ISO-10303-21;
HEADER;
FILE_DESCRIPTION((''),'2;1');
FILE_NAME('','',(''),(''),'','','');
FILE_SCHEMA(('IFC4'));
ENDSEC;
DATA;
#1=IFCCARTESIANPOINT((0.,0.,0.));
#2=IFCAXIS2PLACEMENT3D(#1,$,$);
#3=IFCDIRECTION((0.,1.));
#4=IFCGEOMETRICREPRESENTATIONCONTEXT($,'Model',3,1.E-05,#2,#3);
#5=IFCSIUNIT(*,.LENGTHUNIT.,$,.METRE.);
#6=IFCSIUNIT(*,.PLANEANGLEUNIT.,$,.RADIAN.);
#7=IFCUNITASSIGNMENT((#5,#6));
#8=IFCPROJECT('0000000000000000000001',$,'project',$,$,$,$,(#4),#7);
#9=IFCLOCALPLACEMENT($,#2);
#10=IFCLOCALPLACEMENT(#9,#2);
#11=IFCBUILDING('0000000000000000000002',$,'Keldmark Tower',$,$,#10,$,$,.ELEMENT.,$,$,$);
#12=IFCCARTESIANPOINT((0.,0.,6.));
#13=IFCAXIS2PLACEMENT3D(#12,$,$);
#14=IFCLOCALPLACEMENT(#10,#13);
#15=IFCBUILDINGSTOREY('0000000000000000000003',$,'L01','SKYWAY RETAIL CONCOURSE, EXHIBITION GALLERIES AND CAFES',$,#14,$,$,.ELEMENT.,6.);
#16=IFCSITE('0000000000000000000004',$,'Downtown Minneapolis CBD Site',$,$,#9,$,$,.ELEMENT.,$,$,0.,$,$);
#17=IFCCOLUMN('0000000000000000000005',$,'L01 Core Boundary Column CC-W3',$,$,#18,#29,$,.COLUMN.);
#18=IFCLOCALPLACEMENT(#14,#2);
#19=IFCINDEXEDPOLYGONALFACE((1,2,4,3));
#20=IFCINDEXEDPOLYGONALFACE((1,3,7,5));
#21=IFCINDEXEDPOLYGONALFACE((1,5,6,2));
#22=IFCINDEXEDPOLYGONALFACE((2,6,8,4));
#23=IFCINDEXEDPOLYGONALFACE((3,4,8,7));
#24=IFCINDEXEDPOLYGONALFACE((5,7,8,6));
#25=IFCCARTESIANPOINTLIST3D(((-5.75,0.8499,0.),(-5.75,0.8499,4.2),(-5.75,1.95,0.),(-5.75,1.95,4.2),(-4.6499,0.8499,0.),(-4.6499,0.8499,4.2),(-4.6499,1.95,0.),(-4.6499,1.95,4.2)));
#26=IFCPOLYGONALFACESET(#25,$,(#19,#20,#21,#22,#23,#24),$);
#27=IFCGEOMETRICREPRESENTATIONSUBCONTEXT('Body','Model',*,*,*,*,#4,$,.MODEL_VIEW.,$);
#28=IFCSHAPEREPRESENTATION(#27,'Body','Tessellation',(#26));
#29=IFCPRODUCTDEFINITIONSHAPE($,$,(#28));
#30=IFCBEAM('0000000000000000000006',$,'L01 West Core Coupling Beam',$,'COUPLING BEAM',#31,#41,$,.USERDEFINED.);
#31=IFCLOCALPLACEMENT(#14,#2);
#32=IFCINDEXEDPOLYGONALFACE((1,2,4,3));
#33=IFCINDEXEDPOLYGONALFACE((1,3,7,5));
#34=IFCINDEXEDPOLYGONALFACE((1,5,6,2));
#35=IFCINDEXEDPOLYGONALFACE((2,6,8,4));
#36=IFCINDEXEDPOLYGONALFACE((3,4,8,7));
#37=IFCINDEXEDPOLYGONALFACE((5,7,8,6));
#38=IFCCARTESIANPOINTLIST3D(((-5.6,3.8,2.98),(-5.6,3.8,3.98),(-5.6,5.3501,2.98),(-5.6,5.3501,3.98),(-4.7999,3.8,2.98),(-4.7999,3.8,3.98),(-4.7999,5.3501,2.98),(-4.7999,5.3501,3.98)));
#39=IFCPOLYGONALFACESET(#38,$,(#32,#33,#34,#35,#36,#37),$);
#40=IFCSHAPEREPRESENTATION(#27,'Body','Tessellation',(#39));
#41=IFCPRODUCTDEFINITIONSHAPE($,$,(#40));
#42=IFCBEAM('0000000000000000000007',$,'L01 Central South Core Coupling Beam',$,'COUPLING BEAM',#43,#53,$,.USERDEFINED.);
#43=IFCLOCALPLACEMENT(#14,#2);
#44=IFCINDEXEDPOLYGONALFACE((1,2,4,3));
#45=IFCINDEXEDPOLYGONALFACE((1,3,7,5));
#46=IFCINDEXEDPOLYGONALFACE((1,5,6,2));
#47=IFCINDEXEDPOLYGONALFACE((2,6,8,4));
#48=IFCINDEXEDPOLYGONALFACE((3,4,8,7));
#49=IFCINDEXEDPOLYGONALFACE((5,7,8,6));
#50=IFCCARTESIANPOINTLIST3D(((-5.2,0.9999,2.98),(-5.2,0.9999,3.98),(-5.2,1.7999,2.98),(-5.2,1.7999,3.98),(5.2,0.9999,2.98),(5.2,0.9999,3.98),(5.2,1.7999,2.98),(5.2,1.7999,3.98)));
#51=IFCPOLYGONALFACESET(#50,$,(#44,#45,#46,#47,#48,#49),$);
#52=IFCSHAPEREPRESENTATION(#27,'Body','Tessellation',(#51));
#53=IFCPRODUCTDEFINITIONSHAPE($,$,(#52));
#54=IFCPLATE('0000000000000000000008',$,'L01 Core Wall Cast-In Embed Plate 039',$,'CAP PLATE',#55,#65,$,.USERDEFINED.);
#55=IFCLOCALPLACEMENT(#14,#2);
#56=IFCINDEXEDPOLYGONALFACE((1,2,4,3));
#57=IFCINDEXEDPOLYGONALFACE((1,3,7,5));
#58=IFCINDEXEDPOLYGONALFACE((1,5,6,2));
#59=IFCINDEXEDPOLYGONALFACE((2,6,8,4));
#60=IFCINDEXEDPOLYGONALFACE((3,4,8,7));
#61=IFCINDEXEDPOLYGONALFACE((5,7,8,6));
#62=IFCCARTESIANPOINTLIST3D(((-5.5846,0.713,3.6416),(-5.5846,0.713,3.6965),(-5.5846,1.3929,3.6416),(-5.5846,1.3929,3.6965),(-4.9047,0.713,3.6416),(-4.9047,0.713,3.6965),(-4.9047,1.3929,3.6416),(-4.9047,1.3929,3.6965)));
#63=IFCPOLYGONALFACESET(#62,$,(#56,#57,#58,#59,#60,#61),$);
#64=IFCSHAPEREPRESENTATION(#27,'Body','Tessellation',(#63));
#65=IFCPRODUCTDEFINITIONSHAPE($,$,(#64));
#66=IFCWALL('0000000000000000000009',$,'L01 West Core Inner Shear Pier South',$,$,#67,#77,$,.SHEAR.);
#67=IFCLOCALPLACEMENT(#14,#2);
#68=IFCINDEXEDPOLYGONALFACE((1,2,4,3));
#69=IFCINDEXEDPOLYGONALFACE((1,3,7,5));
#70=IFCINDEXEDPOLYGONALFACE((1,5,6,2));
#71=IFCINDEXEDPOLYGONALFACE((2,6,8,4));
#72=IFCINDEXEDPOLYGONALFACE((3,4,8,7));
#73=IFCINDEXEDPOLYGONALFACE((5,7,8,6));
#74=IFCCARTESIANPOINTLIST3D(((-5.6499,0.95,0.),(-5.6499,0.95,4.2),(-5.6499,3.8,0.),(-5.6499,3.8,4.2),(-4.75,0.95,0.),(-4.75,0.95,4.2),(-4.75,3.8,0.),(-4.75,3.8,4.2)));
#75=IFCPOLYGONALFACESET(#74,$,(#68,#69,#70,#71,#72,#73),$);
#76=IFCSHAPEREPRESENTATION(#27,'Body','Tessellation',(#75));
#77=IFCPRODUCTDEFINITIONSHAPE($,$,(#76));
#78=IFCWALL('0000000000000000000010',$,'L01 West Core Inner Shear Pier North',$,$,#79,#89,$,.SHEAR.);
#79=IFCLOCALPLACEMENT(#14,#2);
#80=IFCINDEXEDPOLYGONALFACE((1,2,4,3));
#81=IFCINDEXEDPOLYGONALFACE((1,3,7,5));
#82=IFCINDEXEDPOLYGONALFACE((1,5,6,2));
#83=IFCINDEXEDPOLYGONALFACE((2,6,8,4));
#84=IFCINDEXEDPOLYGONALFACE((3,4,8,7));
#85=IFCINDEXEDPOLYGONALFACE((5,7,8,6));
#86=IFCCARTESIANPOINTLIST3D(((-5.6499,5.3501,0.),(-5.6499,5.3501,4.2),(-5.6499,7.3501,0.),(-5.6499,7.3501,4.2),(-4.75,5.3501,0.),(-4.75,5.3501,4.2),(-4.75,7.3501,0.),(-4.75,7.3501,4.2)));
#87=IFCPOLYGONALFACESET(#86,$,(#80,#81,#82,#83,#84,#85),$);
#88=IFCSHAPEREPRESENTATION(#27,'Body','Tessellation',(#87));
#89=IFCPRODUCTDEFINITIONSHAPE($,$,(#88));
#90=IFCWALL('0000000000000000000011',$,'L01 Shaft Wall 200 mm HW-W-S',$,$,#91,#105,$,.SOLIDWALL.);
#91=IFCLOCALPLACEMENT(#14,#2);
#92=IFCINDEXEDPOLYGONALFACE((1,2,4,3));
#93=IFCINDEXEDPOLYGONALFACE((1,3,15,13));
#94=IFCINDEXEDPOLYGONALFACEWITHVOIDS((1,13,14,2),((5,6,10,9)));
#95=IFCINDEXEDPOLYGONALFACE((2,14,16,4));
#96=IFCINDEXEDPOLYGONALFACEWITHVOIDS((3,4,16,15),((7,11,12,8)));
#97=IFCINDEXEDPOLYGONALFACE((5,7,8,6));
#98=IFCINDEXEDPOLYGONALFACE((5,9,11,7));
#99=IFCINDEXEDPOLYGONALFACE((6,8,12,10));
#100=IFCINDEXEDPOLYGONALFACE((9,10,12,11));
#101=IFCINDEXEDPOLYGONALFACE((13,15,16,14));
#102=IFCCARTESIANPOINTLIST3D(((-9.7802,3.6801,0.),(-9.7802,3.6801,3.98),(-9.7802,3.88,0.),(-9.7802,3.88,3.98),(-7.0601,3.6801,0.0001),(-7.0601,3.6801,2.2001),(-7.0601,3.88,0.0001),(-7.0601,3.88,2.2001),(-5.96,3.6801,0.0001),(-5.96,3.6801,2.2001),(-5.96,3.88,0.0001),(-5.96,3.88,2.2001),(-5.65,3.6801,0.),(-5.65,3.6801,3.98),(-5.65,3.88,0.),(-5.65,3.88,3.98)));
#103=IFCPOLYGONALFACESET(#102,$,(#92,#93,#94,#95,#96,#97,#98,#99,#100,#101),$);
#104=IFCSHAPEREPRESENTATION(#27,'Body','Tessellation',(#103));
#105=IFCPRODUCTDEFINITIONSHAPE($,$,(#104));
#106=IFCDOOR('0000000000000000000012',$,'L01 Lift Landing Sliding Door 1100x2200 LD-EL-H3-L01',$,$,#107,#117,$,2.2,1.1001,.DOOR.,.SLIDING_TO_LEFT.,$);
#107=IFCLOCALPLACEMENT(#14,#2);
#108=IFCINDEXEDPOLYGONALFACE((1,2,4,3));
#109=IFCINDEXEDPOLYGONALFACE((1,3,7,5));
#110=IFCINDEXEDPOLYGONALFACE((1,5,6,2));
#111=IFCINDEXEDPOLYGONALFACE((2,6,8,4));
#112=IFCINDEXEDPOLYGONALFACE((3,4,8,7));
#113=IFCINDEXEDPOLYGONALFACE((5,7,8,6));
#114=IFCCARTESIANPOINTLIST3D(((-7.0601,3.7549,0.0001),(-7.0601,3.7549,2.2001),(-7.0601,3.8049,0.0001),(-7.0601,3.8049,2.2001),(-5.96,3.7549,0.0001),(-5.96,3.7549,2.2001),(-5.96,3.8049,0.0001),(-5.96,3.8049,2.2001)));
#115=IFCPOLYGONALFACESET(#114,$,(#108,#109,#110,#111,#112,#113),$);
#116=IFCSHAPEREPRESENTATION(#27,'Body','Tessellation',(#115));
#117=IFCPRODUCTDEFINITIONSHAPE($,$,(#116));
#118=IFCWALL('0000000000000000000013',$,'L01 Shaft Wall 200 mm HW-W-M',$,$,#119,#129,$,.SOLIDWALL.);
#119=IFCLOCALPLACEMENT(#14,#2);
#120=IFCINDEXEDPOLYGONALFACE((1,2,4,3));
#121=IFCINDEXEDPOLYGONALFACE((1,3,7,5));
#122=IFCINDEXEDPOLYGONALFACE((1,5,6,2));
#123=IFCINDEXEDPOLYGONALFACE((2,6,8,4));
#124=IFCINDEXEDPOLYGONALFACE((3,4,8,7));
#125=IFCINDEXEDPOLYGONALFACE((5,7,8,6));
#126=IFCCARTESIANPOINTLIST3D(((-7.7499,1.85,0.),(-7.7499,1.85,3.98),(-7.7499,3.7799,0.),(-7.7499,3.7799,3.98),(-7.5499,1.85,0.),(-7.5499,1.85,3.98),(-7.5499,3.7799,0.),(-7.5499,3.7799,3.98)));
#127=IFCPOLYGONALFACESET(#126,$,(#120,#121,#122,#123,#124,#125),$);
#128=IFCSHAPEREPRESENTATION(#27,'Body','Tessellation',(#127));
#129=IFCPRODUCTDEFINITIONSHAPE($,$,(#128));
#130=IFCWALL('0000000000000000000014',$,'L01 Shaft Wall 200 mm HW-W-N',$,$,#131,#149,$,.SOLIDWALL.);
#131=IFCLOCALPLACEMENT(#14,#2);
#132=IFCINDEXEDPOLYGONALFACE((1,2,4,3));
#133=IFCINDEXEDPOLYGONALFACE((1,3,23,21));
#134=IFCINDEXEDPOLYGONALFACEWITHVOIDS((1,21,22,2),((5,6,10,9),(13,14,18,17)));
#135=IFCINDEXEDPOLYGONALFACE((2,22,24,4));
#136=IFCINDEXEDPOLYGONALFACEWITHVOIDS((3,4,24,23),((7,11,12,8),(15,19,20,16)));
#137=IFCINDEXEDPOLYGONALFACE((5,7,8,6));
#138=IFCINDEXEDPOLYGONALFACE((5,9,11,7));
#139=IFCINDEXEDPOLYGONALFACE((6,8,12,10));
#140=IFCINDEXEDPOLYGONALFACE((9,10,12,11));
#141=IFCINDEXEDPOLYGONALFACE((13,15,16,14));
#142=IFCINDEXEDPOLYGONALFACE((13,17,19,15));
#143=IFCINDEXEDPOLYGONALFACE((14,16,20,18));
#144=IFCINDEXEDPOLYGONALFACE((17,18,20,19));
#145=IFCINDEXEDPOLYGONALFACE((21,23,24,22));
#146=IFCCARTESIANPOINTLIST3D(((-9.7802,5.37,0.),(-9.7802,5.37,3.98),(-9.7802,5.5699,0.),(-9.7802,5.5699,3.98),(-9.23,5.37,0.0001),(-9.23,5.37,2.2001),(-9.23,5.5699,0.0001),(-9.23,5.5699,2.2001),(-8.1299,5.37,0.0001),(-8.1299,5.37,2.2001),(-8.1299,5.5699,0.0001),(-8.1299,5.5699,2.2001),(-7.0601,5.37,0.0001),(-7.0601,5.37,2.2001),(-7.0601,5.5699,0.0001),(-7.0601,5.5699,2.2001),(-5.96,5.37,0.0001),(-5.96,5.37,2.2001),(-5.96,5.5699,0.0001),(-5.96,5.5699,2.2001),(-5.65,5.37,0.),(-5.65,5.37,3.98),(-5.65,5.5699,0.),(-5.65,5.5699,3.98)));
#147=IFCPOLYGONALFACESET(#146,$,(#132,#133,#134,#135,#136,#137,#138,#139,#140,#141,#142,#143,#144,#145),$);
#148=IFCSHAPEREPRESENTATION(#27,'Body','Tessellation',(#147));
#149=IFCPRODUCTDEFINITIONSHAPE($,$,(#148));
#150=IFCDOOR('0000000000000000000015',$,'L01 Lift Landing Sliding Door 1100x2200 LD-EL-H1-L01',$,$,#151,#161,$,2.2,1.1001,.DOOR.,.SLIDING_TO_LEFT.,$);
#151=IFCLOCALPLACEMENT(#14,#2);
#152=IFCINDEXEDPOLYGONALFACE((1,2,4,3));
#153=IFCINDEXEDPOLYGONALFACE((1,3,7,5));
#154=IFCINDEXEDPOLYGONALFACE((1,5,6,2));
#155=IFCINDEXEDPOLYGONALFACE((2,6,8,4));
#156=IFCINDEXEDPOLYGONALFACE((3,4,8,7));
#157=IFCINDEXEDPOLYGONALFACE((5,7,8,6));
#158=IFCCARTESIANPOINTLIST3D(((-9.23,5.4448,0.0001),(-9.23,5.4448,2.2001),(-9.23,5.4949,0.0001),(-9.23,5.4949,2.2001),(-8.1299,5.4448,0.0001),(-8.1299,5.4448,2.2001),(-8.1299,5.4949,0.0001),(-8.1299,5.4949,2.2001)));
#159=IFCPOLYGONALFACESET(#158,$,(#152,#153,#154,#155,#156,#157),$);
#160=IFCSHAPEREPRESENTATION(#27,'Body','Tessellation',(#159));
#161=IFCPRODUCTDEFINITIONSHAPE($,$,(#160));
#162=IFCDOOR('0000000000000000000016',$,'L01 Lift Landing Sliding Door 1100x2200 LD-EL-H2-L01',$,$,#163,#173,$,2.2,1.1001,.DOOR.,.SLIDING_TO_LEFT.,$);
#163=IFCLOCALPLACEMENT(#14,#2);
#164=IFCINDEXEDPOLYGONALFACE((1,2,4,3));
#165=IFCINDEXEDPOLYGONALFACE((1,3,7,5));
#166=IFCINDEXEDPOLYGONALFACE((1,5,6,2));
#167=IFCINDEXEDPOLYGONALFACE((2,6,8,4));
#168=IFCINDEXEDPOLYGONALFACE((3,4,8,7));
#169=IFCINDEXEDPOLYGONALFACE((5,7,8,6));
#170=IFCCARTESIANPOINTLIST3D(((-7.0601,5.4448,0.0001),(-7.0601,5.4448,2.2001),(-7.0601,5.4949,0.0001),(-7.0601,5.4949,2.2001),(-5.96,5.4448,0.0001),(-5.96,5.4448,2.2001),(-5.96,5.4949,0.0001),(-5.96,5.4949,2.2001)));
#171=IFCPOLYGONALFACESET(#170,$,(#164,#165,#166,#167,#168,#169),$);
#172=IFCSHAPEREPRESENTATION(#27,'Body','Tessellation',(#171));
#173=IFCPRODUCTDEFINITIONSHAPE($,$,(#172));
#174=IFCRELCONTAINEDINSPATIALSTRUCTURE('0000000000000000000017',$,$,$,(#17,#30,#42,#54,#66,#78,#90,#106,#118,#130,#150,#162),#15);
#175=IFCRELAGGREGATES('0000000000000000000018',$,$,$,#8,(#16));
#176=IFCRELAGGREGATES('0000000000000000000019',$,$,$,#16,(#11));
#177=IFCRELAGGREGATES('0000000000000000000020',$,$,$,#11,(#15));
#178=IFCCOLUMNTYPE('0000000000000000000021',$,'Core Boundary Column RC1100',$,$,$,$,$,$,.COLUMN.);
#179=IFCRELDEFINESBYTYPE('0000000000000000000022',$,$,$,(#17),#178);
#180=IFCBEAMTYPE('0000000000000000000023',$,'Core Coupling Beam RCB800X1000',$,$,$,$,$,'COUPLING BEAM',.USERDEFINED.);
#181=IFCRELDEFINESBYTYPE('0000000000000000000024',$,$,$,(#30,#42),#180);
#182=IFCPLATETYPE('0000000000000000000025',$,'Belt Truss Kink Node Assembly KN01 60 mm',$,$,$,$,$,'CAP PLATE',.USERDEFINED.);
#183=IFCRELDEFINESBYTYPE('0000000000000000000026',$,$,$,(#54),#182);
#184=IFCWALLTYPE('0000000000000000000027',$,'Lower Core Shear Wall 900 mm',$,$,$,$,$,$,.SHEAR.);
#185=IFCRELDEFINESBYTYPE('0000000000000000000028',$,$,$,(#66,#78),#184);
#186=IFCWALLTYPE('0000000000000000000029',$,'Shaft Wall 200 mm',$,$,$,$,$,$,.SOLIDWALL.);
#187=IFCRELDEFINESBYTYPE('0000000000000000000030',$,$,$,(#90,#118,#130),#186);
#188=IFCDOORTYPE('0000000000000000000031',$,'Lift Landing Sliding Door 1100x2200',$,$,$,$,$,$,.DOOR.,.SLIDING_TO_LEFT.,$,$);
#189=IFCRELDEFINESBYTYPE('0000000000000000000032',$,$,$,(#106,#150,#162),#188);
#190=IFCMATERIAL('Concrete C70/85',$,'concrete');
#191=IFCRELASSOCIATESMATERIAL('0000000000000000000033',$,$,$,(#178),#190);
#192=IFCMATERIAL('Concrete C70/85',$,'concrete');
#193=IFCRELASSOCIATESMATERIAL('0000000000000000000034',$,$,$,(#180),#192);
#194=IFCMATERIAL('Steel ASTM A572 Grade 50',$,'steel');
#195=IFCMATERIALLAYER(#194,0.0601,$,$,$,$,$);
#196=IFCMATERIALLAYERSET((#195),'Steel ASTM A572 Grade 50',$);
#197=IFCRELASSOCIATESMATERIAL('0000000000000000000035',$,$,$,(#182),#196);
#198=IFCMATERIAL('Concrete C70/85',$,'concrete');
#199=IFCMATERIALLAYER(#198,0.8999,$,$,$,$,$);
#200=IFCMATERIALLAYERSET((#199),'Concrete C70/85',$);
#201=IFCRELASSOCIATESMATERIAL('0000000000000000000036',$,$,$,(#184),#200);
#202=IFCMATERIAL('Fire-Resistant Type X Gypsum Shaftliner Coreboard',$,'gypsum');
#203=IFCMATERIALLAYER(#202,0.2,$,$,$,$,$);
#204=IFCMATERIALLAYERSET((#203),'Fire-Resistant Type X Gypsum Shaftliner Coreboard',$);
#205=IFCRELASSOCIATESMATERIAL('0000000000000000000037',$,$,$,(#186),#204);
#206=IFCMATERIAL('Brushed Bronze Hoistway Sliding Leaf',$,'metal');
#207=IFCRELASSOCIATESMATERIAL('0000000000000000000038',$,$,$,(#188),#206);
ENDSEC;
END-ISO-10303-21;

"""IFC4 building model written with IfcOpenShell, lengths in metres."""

from ifc_helpers import new_model, si_unit, direction, frame, frame_2d, origin, origin_2d, place, context, subcontext, project, spatial, rectangle, extrude, material, layer, layer_set, material_profile, profile_set, type_object, element, fill, save


model = new_model("IFC4")

# Units and contexts
model_context = context("Model", 3, precision=1e-05, world=origin(), true_north=direction((0.0, 1.0)))
body_context = subcontext(model_context, "Body", "Model", "MODEL_VIEW")
ifc_project = project(units=[si_unit("LENGTHUNIT", "METRE"), si_unit("PLANEANGLEUNIT", "RADIAN")], contexts=[model_context])

# Site, building, storey
site_placement = place(None, origin())
site = spatial("IfcSite", under=ifc_project, at=site_placement, Name="Downtown Minneapolis CBD Site", CompositionType="ELEMENT", RefElevation=0.0)
building_placement = place(site_placement, origin())
building = spatial("IfcBuilding", under=site, at=building_placement, Name="Keldmark Tower", CompositionType="ELEMENT")
storey_placement = place(building_placement, frame((0.0, 0.0, 6.0)))
storey = spatial("IfcBuildingStorey", under=building, at=storey_placement, Name="L01", Description="SKYWAY RETAIL CONCOURSE, EXHIBITION GALLERIES AND CAFES", CompositionType="ELEMENT", Elevation=6.0)

# Column
ifc_material_1 = material(Name="Concrete C70/85", Category="concrete")
ifc_material_profile_1 = material_profile(ifc_material_1, rectangle(XDim=1.1001, YDim=1.1001, at=origin_2d()), Name="RC1100X1100")
ifc_profile_set_1 = profile_set([ifc_material_profile_1], Name="Concrete C70/85")
column_type = type_object("IfcColumnType", Name="Core Boundary Column RC1100", PredefinedType="COLUMN", material=ifc_profile_set_1)
column_placement = place(storey_placement, frame((-5.2, 1.3999, 0.0), z_axis=(0.0, 0.0, 1.0), x_axis=(1.0, 0.0, 0.0)))
element("IfcColumn", 1, at=column_placement, inside=storey, type_object=column_type, Name="L01 Core Boundary Column CC-W3", PredefinedType="COLUMN", context=body_context, shape_type="SweptSolid", body=[
    extrude(rectangle(XDim=1.1001, YDim=1.1001, at=origin_2d()), origin(), (0.0, 0.0, 1.0), 4.2),
])

# Beams
ifc_material_2 = material(Name="Concrete C70/85", Category="concrete")
ifc_material_profile_2 = material_profile(ifc_material_2, rectangle(XDim=0.8, YDim=1.0, at=origin_2d()), Name="RCB800X1000")
ifc_profile_set_2 = profile_set([ifc_material_profile_2], Name="Concrete C70/85")
beam_type = type_object("IfcBeamType", Name="Core Coupling Beam RCB800X1000", ElementType="COUPLING BEAM", PredefinedType="USERDEFINED", material=ifc_profile_set_2)
beam_1_placement = place(storey_placement, frame((-5.2, 3.8, 3.48), z_axis=(0.0, 1.0, 0.0), x_axis=(-1.0, 0.0, 0.0)))
element("IfcBeam", 2, at=beam_1_placement, inside=storey, type_object=beam_type, Name="L01 West Core Coupling Beam", ObjectType="COUPLING BEAM", PredefinedType="USERDEFINED", context=body_context, shape_type="SweptSolid", body=[
    extrude(rectangle(XDim=0.8, YDim=1.0, at=origin_2d()), origin(), (0.0, 0.0, 1.0), 1.55),
])
beam_2_placement = place(storey_placement, frame((-5.2, 1.3999, 3.48), z_axis=(1.0, 0.0, 0.0), x_axis=(0.0, 1.0, 0.0)))
element("IfcBeam", 3, at=beam_2_placement, inside=storey, type_object=beam_type, Name="L01 Central South Core Coupling Beam", ObjectType="COUPLING BEAM", PredefinedType="USERDEFINED", context=body_context, shape_type="SweptSolid", body=[
    extrude(rectangle(XDim=0.8, YDim=1.0, at=origin_2d()), origin(), (0.0, 0.0, 1.0), 10.3999),
])

# Plate
ifc_material_3 = material(Name="Steel ASTM A572 Grade 50", Category="steel")
ifc_layer_1 = layer(ifc_material_3, 0.0601)
ifc_layer_set_1 = layer_set([ifc_layer_1], Name="Steel ASTM A572 Grade 50")
plate_type = type_object("IfcPlateType", Name="Belt Truss Kink Node Assembly KN01 60 mm", ElementType="CAP PLATE", PredefinedType="USERDEFINED", material=ifc_layer_set_1)
plate_placement = place(storey_placement, frame((-5.2446, 1.053, 3.6416), z_axis=(0.0, 0.0, 1.0), x_axis=(1.0, 0.0, 0.0)))
element("IfcPlate", 4, at=plate_placement, inside=storey, type_object=plate_type, Name="L01 Core Wall Cast-In Embed Plate 039", ObjectType="CAP PLATE", PredefinedType="USERDEFINED", context=body_context, shape_type="SweptSolid", body=[
    extrude(rectangle(XDim=0.6799, YDim=0.6799, at=origin_2d()), origin(), (0.0, 0.0, 1.0), 0.0549),
])

# Walls
ifc_material_4 = material(Name="Concrete C70/85", Category="concrete")
ifc_layer_2 = layer(ifc_material_4, 0.8999)
ifc_layer_set_2 = layer_set([ifc_layer_2], Name="Concrete C70/85")
wall_type_1 = type_object("IfcWallType", Name="Lower Core Shear Wall 900 mm", PredefinedType="SHEAR", material=ifc_layer_set_2)
wall_1_placement = place(storey_placement, frame((-5.2, 0.95, 0.0), z_axis=(0.0, 0.0, 1.0), x_axis=(0.0, 1.0, 0.0)))
element("IfcWall", 5, at=wall_1_placement, inside=storey, type_object=wall_type_1, Name="L01 West Core Inner Shear Pier South", PredefinedType="SHEAR", context=body_context, shape_type="SweptSolid", body=[
    extrude(rectangle(XDim=2.8501, YDim=0.8999, at=frame_2d((1.425, 0.0))), origin(), (0.0, 0.0, 1.0), 4.2),
])
wall_2_placement = place(storey_placement, frame((-5.2, 5.3501, 0.0), z_axis=(0.0, 0.0, 1.0), x_axis=(0.0, 1.0, 0.0)))
element("IfcWall", 6, at=wall_2_placement, inside=storey, type_object=wall_type_1, Name="L01 West Core Inner Shear Pier North", PredefinedType="SHEAR", context=body_context, shape_type="SweptSolid", body=[
    extrude(rectangle(XDim=2.0, YDim=0.8999, at=frame_2d((1.0, 0.0))), origin(), (0.0, 0.0, 1.0), 4.2),
])

# Wall, opening, door
ifc_material_5 = material(Name="Fire-Resistant Type X Gypsum Shaftliner Coreboard", Category="gypsum")
ifc_layer_3 = layer(ifc_material_5, 0.2)
ifc_layer_set_3 = layer_set([ifc_layer_3], Name="Fire-Resistant Type X Gypsum Shaftliner Coreboard")
wall_type_2 = type_object("IfcWallType", Name="Shaft Wall 200 mm", PredefinedType="SOLIDWALL", material=ifc_layer_set_3)
wall_3_placement = place(storey_placement, frame((-9.78, 3.78, 0.0), z_axis=(0.0, 0.0, 1.0), x_axis=(1.0, 0.0, 0.0)))
wall_3 = element("IfcWall", 7, at=wall_3_placement, inside=storey, type_object=wall_type_2, Name="L01 Shaft Wall 200 mm HW-W-S", PredefinedType="SOLIDWALL", context=body_context, shape_type="SweptSolid", body=[
    extrude(rectangle(XDim=4.1301, YDim=0.2, at=frame_2d((2.0649, 0.0))), origin(), (0.0, 0.0, 1.0), 3.98),
])
opening_1_placement = place(wall_3_placement, frame((2.72, 0.0, 0.0)))
opening_1 = element("IfcOpeningElement", 8, at=opening_1_placement, cuts=wall_3, PredefinedType="OPENING", context=body_context, shape_type="SweptSolid", body=[
    extrude(rectangle(XDim=1.1001, YDim=2.2, at=frame_2d((0.55, 1.1001))), frame((0.0, 0.1099, 0.0), z_axis=(0.0, -1.0, 0.0), x_axis=(1.0, 0.0, 0.0)), (0.0, 0.0, 1.0), 0.22),
])
ifc_material_6 = material(Name="Brushed Bronze Hoistway Sliding Leaf", Category="metal")
door_type = type_object("IfcDoorType", Name="Lift Landing Sliding Door 1100x2200", OperationType="SLIDING_TO_LEFT", PredefinedType="DOOR", material=ifc_material_6)
door_1_placement = place(opening_1_placement, origin())
door_1 = element("IfcDoor", 9, at=door_1_placement, inside=storey, type_object=door_type, Name="L01 Lift Landing Sliding Door 1100x2200 LD-EL-H3-L01", OperationType="SLIDING_TO_LEFT", OverallHeight=2.2, OverallWidth=1.1001, PredefinedType="DOOR", context=body_context, shape_type="SweptSolid", body=[
    extrude(rectangle(XDim=1.1001, YDim=2.2, at=frame_2d((0.55, 1.1001))), frame((0.0, 0.0249, 0.0), z_axis=(0.0, -1.0, 0.0), x_axis=(1.0, 0.0, 0.0)), (0.0, 0.0, 1.0), 0.05),
])
fill(opening_1, door_1)

# Wall
wall_4_placement = place(storey_placement, frame((-7.6499, 1.8501, 0.0), z_axis=(0.0, 0.0, 1.0), x_axis=(0.0, 1.0, 0.0)))
element("IfcWall", 10, at=wall_4_placement, inside=storey, type_object=wall_type_2, Name="L01 Shaft Wall 200 mm HW-W-M", PredefinedType="SOLIDWALL", context=body_context, shape_type="SweptSolid", body=[
    extrude(rectangle(XDim=1.9299, YDim=0.2, at=frame_2d((0.9648, 0.0))), origin(), (0.0, 0.0, 1.0), 3.98),
])

# Wall, openings, doors
wall_5_placement = place(storey_placement, frame((-9.78, 5.47, 0.0), z_axis=(0.0, 0.0, 1.0), x_axis=(1.0, 0.0, 0.0)))
wall_5 = element("IfcWall", 11, at=wall_5_placement, inside=storey, type_object=wall_type_2, Name="L01 Shaft Wall 200 mm HW-W-N", PredefinedType="SOLIDWALL", context=body_context, shape_type="SweptSolid", body=[
    extrude(rectangle(XDim=4.1301, YDim=0.2, at=frame_2d((2.0649, 0.0))), origin(), (0.0, 0.0, 1.0), 3.98),
])
opening_2_placement = place(wall_5_placement, frame((0.55, 0.0, 0.0)))
opening_2 = element("IfcOpeningElement", 12, at=opening_2_placement, cuts=wall_5, PredefinedType="OPENING", context=body_context, shape_type="SweptSolid", body=[
    extrude(rectangle(XDim=1.1001, YDim=2.2, at=frame_2d((0.55, 1.1001))), frame((0.0, 0.1099, 0.0), z_axis=(0.0, -1.0, 0.0), x_axis=(1.0, 0.0, 0.0)), (0.0, 0.0, 1.0), 0.22),
])
opening_3_placement = place(wall_5_placement, frame((2.72, 0.0, 0.0)))
opening_3 = element("IfcOpeningElement", 13, at=opening_3_placement, cuts=wall_5, PredefinedType="OPENING", context=body_context, shape_type="SweptSolid", body=[
    extrude(rectangle(XDim=1.1001, YDim=2.2, at=frame_2d((0.55, 1.1001))), frame((0.0, 0.1099, 0.0), z_axis=(0.0, -1.0, 0.0), x_axis=(1.0, 0.0, 0.0)), (0.0, 0.0, 1.0), 0.22),
])
door_2_placement = place(opening_2_placement, origin())
door_2 = element("IfcDoor", 14, at=door_2_placement, inside=storey, type_object=door_type, Name="L01 Lift Landing Sliding Door 1100x2200 LD-EL-H1-L01", OperationType="SLIDING_TO_LEFT", OverallHeight=2.2, OverallWidth=1.1001, PredefinedType="DOOR", context=body_context, shape_type="SweptSolid", body=[
    extrude(rectangle(XDim=1.1001, YDim=2.2, at=frame_2d((0.55, 1.1001))), frame((0.0, 0.0249, 0.0), z_axis=(0.0, -1.0, 0.0), x_axis=(1.0, 0.0, 0.0)), (0.0, 0.0, 1.0), 0.05),
])
fill(opening_2, door_2)
door_3_placement = place(opening_3_placement, origin())
door_3 = element("IfcDoor", 15, at=door_3_placement, inside=storey, type_object=door_type, Name="L01 Lift Landing Sliding Door 1100x2200 LD-EL-H2-L01", OperationType="SLIDING_TO_LEFT", OverallHeight=2.2, OverallWidth=1.1001, PredefinedType="DOOR", context=body_context, shape_type="SweptSolid", body=[
    extrude(rectangle(XDim=1.1001, YDim=2.2, at=frame_2d((0.55, 1.1001))), frame((0.0, 0.0249, 0.0), z_axis=(0.0, -1.0, 0.0), x_axis=(1.0, 0.0, 0.0)), (0.0, 0.0, 1.0), 0.05),
])
fill(opening_3, door_3)

save(model, "model.ifc")
